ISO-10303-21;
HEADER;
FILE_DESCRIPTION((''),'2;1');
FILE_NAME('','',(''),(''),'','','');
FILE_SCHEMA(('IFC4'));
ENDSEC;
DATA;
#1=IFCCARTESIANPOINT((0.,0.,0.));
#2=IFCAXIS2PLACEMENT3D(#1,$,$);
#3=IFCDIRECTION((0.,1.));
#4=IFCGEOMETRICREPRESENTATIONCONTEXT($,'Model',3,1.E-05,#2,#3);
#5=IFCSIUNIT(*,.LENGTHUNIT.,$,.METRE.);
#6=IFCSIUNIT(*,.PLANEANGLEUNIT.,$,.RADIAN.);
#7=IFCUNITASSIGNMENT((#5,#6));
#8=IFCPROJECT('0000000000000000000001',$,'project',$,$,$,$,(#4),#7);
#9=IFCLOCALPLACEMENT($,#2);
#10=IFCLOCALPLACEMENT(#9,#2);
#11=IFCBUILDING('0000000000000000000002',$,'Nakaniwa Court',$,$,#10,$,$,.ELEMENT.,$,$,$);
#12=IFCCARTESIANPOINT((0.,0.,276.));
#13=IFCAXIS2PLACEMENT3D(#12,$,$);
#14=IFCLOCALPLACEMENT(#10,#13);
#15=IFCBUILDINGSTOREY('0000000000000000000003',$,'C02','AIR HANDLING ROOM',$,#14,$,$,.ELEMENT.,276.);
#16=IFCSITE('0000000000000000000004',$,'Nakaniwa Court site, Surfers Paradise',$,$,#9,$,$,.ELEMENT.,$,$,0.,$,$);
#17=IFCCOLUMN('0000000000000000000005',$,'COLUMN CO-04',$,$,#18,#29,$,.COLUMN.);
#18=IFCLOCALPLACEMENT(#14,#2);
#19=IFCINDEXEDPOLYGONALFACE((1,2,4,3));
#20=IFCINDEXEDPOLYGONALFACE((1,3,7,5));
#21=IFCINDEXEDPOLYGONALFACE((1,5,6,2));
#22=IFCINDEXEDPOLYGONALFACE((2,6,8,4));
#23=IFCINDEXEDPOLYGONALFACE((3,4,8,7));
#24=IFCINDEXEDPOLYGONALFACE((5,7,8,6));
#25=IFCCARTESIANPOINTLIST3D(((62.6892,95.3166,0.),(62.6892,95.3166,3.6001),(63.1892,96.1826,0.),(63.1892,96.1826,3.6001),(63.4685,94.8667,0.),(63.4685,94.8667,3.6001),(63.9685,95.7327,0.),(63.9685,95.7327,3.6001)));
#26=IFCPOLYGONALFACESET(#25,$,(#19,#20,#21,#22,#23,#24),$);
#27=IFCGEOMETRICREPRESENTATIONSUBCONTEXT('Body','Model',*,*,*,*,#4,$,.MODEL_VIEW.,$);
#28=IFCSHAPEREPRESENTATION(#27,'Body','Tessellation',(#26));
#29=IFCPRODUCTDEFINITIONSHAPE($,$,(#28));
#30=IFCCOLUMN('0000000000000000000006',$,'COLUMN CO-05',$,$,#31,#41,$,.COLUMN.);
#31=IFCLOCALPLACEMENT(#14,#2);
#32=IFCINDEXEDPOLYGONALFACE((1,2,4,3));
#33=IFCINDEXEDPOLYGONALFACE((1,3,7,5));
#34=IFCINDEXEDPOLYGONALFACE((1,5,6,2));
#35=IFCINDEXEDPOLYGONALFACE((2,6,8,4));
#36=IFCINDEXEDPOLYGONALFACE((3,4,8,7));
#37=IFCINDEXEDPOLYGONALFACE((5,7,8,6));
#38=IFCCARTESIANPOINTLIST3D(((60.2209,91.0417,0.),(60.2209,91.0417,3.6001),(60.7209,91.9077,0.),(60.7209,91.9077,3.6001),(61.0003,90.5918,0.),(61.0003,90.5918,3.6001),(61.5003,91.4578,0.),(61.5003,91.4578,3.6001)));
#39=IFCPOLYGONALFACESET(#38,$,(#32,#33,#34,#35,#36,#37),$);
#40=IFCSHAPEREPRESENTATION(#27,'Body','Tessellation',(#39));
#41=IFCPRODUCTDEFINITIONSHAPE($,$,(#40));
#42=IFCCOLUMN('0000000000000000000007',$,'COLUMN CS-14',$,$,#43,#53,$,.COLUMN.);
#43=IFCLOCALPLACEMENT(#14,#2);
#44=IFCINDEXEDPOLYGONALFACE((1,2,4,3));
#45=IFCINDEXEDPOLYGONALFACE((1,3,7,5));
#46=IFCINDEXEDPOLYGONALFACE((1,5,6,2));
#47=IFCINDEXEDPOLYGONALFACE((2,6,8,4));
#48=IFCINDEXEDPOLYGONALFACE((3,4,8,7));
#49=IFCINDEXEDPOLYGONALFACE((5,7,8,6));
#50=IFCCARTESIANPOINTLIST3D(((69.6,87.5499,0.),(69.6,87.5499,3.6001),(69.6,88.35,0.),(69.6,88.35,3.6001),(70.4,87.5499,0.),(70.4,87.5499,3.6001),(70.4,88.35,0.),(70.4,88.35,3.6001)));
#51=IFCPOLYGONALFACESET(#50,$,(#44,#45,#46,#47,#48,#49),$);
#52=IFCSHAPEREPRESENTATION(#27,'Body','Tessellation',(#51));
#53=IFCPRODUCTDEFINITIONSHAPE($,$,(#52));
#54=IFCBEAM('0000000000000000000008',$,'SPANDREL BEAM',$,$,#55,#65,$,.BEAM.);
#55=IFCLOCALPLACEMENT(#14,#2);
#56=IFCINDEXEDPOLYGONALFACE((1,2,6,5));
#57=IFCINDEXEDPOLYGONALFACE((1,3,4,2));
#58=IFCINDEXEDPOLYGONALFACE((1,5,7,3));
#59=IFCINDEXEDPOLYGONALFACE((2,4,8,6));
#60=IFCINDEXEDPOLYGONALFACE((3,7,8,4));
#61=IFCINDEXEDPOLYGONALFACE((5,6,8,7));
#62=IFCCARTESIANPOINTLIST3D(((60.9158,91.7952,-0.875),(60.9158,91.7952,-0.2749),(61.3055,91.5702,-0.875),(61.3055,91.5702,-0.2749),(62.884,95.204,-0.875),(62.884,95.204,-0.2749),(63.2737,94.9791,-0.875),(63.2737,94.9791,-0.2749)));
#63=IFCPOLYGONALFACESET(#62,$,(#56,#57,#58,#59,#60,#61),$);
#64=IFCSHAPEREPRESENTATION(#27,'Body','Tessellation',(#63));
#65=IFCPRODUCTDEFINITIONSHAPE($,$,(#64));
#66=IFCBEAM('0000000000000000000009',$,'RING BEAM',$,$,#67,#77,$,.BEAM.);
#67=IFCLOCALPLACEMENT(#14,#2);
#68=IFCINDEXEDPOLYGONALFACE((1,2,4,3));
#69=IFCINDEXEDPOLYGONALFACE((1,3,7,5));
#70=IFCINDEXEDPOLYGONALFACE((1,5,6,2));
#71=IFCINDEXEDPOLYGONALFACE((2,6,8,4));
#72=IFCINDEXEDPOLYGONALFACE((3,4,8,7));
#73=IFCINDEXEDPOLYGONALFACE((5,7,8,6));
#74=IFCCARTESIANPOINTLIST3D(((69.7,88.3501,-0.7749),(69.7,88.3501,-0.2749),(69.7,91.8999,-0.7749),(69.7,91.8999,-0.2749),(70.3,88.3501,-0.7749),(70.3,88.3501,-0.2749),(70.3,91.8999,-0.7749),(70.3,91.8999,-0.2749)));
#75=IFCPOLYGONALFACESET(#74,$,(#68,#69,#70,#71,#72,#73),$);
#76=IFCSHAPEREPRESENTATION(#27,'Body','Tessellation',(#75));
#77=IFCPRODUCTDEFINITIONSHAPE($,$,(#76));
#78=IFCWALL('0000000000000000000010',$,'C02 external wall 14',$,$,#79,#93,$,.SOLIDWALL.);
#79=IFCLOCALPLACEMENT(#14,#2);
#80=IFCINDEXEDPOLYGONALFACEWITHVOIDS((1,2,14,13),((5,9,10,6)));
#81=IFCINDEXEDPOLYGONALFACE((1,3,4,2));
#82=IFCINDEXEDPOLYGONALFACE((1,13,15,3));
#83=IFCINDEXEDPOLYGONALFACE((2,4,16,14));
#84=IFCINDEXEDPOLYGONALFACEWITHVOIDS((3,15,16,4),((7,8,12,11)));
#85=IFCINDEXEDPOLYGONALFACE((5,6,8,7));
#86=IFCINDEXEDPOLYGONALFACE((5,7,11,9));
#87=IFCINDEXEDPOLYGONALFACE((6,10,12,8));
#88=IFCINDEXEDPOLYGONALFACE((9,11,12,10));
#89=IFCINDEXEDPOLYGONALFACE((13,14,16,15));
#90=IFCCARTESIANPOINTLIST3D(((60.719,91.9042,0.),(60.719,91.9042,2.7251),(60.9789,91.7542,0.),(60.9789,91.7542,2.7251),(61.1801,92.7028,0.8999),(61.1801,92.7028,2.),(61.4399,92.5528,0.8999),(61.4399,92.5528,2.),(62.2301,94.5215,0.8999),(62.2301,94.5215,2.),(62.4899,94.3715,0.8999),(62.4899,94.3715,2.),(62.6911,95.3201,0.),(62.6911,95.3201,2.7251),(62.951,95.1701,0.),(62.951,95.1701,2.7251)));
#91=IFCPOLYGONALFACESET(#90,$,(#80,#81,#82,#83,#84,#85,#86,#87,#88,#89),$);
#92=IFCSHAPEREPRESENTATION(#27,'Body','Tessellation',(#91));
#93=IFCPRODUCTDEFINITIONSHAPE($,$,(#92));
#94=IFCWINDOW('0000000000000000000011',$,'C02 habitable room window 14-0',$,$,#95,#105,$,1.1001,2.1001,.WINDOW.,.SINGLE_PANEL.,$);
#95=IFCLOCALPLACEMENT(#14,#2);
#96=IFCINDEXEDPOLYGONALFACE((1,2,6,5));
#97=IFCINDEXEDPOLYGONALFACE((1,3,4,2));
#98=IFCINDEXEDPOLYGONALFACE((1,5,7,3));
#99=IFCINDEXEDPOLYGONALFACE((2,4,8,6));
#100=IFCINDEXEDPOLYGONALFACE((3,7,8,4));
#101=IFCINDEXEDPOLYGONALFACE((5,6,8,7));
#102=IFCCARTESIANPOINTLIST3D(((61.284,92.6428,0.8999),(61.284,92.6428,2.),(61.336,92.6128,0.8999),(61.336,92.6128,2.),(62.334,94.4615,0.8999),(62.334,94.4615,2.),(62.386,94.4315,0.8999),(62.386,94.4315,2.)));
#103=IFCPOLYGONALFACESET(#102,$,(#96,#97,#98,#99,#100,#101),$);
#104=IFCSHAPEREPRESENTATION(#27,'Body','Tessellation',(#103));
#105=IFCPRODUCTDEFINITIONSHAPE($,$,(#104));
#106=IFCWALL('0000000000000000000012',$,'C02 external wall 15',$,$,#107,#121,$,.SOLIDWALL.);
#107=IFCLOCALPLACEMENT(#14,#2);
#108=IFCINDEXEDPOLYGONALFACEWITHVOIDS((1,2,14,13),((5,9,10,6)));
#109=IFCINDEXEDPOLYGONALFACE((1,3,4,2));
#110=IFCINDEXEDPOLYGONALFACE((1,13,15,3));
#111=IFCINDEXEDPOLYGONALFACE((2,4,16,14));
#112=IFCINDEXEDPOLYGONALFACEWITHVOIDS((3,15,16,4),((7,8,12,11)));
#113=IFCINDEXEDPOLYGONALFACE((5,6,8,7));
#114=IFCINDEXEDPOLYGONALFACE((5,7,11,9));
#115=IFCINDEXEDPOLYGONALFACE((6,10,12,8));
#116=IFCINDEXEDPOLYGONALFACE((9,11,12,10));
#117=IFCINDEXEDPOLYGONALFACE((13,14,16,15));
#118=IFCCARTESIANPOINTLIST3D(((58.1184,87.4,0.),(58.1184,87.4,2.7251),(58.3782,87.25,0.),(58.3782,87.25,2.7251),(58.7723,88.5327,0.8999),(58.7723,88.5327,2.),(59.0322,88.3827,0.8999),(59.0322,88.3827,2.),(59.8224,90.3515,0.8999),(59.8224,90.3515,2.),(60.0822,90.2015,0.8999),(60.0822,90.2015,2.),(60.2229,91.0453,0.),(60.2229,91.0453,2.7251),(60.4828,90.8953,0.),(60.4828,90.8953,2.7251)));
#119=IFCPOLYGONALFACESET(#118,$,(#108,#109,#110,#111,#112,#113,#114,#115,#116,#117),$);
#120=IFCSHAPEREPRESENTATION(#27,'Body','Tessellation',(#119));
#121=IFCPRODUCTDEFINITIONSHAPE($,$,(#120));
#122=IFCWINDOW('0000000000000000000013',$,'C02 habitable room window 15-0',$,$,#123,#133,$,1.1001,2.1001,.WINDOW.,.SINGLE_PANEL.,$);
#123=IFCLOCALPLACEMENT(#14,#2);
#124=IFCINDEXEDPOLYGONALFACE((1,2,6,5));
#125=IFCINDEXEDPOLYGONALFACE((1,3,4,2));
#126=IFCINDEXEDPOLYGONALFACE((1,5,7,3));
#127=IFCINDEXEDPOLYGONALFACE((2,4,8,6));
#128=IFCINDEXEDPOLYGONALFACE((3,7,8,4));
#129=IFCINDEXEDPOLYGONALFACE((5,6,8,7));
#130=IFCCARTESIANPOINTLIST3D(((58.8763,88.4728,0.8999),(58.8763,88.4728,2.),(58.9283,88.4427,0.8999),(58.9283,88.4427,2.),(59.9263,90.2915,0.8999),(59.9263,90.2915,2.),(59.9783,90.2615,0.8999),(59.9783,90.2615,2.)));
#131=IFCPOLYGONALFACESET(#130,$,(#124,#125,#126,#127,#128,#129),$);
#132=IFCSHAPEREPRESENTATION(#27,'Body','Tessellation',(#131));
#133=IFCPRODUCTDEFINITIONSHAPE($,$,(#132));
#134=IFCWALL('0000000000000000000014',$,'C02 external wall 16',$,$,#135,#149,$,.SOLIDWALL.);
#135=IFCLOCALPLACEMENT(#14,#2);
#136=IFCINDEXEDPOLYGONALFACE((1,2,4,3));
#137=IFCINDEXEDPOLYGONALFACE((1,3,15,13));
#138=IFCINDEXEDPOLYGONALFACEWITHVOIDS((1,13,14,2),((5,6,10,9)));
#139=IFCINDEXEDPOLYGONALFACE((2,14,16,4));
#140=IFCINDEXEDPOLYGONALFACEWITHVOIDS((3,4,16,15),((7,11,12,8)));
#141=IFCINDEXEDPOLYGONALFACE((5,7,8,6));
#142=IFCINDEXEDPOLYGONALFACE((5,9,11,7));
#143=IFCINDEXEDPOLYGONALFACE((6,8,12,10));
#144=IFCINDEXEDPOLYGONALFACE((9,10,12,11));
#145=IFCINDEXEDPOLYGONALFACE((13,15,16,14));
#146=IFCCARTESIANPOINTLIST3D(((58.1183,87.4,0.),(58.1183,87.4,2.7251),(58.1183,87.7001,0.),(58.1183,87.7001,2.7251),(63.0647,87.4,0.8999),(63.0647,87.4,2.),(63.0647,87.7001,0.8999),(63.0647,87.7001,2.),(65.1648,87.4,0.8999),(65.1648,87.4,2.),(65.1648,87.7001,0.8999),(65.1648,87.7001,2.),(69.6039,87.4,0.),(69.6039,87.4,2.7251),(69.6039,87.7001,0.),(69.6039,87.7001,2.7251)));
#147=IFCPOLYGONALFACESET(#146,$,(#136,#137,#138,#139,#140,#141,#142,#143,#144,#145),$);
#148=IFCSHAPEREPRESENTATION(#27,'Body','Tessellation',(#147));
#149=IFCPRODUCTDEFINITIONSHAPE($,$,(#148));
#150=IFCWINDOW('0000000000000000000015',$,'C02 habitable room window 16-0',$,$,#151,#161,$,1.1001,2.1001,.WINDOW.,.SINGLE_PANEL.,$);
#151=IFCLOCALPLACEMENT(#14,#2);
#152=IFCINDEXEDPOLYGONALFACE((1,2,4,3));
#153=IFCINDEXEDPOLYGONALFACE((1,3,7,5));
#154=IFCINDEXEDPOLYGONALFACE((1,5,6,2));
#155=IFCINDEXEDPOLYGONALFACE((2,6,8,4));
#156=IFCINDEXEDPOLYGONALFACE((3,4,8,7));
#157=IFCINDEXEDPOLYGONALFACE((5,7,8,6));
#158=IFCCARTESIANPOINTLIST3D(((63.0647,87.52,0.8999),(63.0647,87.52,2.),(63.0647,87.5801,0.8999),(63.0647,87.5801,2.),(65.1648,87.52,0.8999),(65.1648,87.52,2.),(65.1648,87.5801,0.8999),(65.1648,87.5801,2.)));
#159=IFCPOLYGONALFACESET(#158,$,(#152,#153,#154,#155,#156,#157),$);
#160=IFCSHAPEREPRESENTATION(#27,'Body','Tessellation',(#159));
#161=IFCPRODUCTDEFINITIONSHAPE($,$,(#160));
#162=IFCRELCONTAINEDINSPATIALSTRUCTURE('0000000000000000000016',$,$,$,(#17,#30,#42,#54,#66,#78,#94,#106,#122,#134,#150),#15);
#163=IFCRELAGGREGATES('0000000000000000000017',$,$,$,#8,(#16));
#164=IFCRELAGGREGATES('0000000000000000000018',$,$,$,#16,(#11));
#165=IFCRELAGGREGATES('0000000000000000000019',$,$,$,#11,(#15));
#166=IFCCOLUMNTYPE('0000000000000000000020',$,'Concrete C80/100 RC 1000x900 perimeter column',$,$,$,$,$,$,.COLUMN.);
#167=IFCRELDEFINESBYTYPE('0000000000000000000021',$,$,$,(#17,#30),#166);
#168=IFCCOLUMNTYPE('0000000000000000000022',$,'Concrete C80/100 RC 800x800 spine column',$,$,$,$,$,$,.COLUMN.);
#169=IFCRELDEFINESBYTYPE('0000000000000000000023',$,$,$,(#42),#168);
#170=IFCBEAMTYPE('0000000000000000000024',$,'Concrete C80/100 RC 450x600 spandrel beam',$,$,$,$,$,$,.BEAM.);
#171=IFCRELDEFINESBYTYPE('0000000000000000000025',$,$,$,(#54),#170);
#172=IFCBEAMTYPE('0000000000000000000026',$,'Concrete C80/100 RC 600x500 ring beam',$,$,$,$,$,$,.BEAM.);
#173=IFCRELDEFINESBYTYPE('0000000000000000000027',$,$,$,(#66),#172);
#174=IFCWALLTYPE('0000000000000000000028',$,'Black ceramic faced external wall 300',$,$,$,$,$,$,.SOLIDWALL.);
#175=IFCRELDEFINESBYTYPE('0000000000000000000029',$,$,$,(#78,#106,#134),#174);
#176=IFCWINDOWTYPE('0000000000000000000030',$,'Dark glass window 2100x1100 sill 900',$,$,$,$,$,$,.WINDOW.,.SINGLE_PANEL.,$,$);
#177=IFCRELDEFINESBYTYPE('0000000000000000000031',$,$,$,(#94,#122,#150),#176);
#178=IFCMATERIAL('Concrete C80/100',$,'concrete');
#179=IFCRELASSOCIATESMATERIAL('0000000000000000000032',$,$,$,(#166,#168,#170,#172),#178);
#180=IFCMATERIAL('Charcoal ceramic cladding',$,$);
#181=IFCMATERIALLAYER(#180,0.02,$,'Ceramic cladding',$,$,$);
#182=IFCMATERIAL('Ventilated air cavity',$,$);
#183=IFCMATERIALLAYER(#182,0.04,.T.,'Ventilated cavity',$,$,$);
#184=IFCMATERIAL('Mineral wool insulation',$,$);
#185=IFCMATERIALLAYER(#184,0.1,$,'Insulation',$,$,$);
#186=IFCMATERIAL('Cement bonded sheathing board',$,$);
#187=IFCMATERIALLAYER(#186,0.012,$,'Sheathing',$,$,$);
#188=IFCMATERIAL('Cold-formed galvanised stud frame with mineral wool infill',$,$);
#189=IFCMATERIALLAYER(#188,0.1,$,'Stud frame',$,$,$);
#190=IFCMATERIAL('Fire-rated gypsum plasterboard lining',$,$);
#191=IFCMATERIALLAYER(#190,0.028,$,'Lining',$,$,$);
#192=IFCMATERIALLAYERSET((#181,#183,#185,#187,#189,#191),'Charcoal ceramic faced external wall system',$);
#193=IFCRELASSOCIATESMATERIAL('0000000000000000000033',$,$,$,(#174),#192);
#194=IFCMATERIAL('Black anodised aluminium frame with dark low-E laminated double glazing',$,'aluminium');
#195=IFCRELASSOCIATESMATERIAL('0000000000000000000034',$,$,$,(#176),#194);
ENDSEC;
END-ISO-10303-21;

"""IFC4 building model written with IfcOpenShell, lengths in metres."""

from ifc_helpers import new_model, si_unit, direction, frame, frame_2d, origin, origin_2d, place, context, subcontext, project, spatial, rectangle, extrude, material, layer, layer_set, material_profile, profile_set, type_object, element, fill, save


model = new_model("IFC4")

# Units and contexts
model_context = context("Model", 3, precision=1e-05, world=origin(), true_north=direction((0.0, 1.0)))
body_context = subcontext(model_context, "Body", "Model", "MODEL_VIEW")
ifc_project = project(units=[si_unit("LENGTHUNIT", "METRE"), si_unit("PLANEANGLEUNIT", "RADIAN")], contexts=[model_context])

# Site, building, storey
site_placement = place(None, origin())
site = spatial("IfcSite", under=ifc_project, at=site_placement, Name="Nakaniwa Court site, Surfers Paradise", CompositionType="ELEMENT", RefElevation=0.0)
building_placement = place(site_placement, origin())
building = spatial("IfcBuilding", under=site, at=building_placement, Name="Nakaniwa Court", CompositionType="ELEMENT")
storey_placement = place(building_placement, frame((0.0, 0.0, 276.0)))
storey = spatial("IfcBuildingStorey", under=building, at=storey_placement, Name="C02", Description="AIR HANDLING ROOM", CompositionType="ELEMENT", Elevation=276.0)

# Columns
ifc_material_1 = material(Name="Concrete C80/100", Category="concrete")
ifc_material_profile_1 = material_profile(ifc_material_1, rectangle(XDim=1.0, YDim=0.8999, at=origin_2d()), Name="Concrete C80/100 RC 1000x900 perimeter column")
ifc_profile_set_1 = profile_set([ifc_material_profile_1], Name="Concrete C80/100")
column_type_1 = type_object("IfcColumnType", Name="Concrete C80/100 RC 1000x900 perimeter column", PredefinedType="COLUMN", material=ifc_profile_set_1)
for number, where, z_axis, x_axis, name in (
    (1, (63.3289, 95.5247, 0.0), (0.0, 0.0, 1.0), (-0.5, -0.866025, 0.0), "COLUMN CO-04"),
    (2, (60.8606, 91.2498, 0.0), (0.0, 0.0, 1.0), (-0.5, -0.866025, 0.0), "COLUMN CO-05"),
):
    element("IfcColumn", number, at=place(storey_placement, frame(where, z_axis=z_axis, x_axis=x_axis)), inside=storey, type_object=column_type_1, Name=name, PredefinedType="COLUMN", context=body_context, shape_type="SweptSolid", body=[
        extrude(rectangle(XDim=1.0, YDim=0.8999, at=origin_2d()), origin(), (0.0, 0.0, 1.0), 3.6001),
    ])
ifc_material_profile_2 = material_profile(ifc_material_1, rectangle(XDim=0.8, YDim=0.8, at=origin_2d()), Name="Concrete C80/100 RC 800x800 spine column")
ifc_profile_set_2 = profile_set([ifc_material_profile_2], Name="Concrete C80/100")
column_type_2 = type_object("IfcColumnType", Name="Concrete C80/100 RC 800x800 spine column", PredefinedType="COLUMN", material=ifc_profile_set_2)
column_placement = place(storey_placement, frame((70.0, 87.95, 0.0), z_axis=(0.0, 0.0, 1.0), x_axis=(0.0, -1.0, 0.0)))
element("IfcColumn", 3, at=column_placement, inside=storey, type_object=column_type_2, Name="COLUMN CS-14", PredefinedType="COLUMN", context=body_context, shape_type="SweptSolid", body=[
    extrude(rectangle(XDim=0.8, YDim=0.8, at=origin_2d()), origin(), (0.0, 0.0, 1.0), 3.6001),
])

# Beams
ifc_material_profile_3 = material_profile(ifc_material_1, rectangle(XDim=0.45, YDim=0.6001, at=origin_2d()), Name="Concrete C80/100 RC 450x600 spandrel beam")
ifc_profile_set_3 = profile_set([ifc_material_profile_3], Name="Concrete C80/100")
beam_type_1 = type_object("IfcBeamType", Name="Concrete C80/100 RC 450x600 spandrel beam", PredefinedType="BEAM", material=ifc_profile_set_3)
beam_1_placement = place(storey_placement, frame((63.0789, 95.0916, -0.575), z_axis=(-0.500021, -0.866013, 0.0), x_axis=(0.866013, -0.500021, 0.0)))
element("IfcBeam", 4, at=beam_1_placement, inside=storey, type_object=beam_type_1, Name="SPANDREL BEAM", PredefinedType="BEAM", context=body_context, shape_type="SweptSolid", body=[
    extrude(rectangle(XDim=0.45, YDim=0.6001, at=origin_2d()), origin(), (0.0, 0.0, 1.0), 3.9363),
])
ifc_material_profile_4 = material_profile(ifc_material_1, rectangle(XDim=0.6001, YDim=0.5, at=origin_2d()), Name="Concrete C80/100 RC 600x500 ring beam")
ifc_profile_set_4 = profile_set([ifc_material_profile_4], Name="Concrete C80/100")
beam_type_2 = type_object("IfcBeamType", Name="Concrete C80/100 RC 600x500 ring beam", PredefinedType="BEAM", material=ifc_profile_set_4)
beam_2_placement = place(storey_placement, frame((70.0, 91.8999, -0.5249), z_axis=(0.0, -1.0, 0.0), x_axis=(1.0, 0.0, 0.0)))
element("IfcBeam", 5, at=beam_2_placement, inside=storey, type_object=beam_type_2, Name="RING BEAM", PredefinedType="BEAM", context=body_context, shape_type="SweptSolid", body=[
    extrude(rectangle(XDim=0.6001, YDim=0.5, at=origin_2d()), origin(), (0.0, 0.0, 1.0), 3.5498),
])

# Walls, openings, windows
ifc_material_2 = material(Name="Charcoal ceramic cladding")
ifc_layer_1 = layer(ifc_material_2, 0.02, Name="Ceramic cladding")
ifc_material_3 = material(Name="Ventilated air cavity")
ifc_layer_2 = layer(ifc_material_3, 0.04, ventilated=True, Name="Ventilated cavity")
ifc_material_4 = material(Name="Mineral wool insulation")
ifc_layer_3 = layer(ifc_material_4, 0.1, Name="Insulation")
ifc_material_5 = material(Name="Cement bonded sheathing board")
ifc_layer_4 = layer(ifc_material_5, 0.012, Name="Sheathing")
ifc_material_6 = material(Name="Cold-formed galvanised stud frame with mineral wool infill")
ifc_layer_5 = layer(ifc_material_6, 0.1, Name="Stud frame")
ifc_material_7 = material(Name="Fire-rated gypsum plasterboard lining")
ifc_layer_6 = layer(ifc_material_7, 0.028, Name="Lining")
ifc_layer_set_1 = layer_set([ifc_layer_1, ifc_layer_2, ifc_layer_3, ifc_layer_4, ifc_layer_5, ifc_layer_6], Name="Charcoal ceramic faced external wall system")
wall_type_1 = type_object("IfcWallType", Name="Black ceramic faced external wall 300", PredefinedType="SOLIDWALL", material=ifc_layer_set_1)
wall_1_placement = place(storey_placement, frame((62.821, 95.2451, 0.0), z_axis=(0.0, 0.0, 1.0), x_axis=(-0.499987, -0.866033, 0.0)))
wall_1 = element("IfcWall", 6, at=wall_1_placement, inside=storey, type_object=wall_type_1, Name="C02 external wall 14", PredefinedType="SOLIDWALL", context=body_context, shape_type="SweptSolid", body=[
    extrude(rectangle(XDim=3.9443, YDim=0.3, at=frame_2d((1.9722, 0.0))), origin(), (0.0, 0.0, 1.0), 2.7251),
])
opening_1_placement = place(wall_1_placement, frame((0.9221, 0.0, 0.8999)))
opening_1 = element("IfcOpeningElement", 7, at=opening_1_placement, cuts=wall_1, PredefinedType="OPENING", context=body_context, shape_type="SweptSolid", body=[
    extrude(rectangle(XDim=2.1001, YDim=1.1001, at=frame_2d((1.05, 0.55))), frame((0.0, 0.1599, 0.0), z_axis=(0.0, -1.0, 0.0), x_axis=(1.0, 0.0, 0.0)), (0.0, 0.0, 1.0), 0.3201),
])
ifc_material_8 = material(Name="Black anodised aluminium frame with dark low-E laminated double glazing", Category="aluminium")
window_type = type_object("IfcWindowType", Name="Dark glass window 2100x1100 sill 900", PartitioningType="SINGLE_PANEL", PredefinedType="WINDOW", material=ifc_material_8)
window_1_placement = place(opening_1_placement, origin())
window_1 = element("IfcWindow", 8, at=window_1_placement, inside=storey, type_object=window_type, Name="C02 habitable room window 14-0", OverallHeight=1.1001, OverallWidth=2.1001, PartitioningType="SINGLE_PANEL", PredefinedType="WINDOW", context=body_context, shape_type="SweptSolid", body=[
    extrude(rectangle(XDim=2.1001, YDim=1.1001, at=frame_2d((1.05, 0.55))), frame((0.0, 0.03, 0.0), z_axis=(0.0, -1.0, 0.0), x_axis=(1.0, 0.0, 0.0)), (0.0, 0.0, 1.0), 0.0601),
])
fill(opening_1, window_1)
wall_2_placement = place(storey_placement, frame((60.3528, 90.9702, 0.0), z_axis=(0.0, 0.0, 1.0), x_axis=(-0.499982, -0.866036, 0.0)))
wall_2 = element("IfcWall", 9, at=wall_2_placement, inside=storey, type_object=wall_type_1, Name="C02 external wall 15", PredefinedType="SOLIDWALL", context=body_context, shape_type="SweptSolid", body=[
    extrude(rectangle(XDim=4.2092, YDim=0.3, at=frame_2d((2.1045, 0.0))), origin(), (0.0, 0.0, 1.0), 2.7251),
])
opening_2_placement = place(wall_2_placement, frame((0.801, 0.0, 0.8999)))
opening_2 = element("IfcOpeningElement", 10, at=opening_2_placement, cuts=wall_2, PredefinedType="OPENING", context=body_context, shape_type="SweptSolid", body=[
    extrude(rectangle(XDim=2.1001, YDim=1.1001, at=frame_2d((1.05, 0.55))), frame((0.0, 0.1599, 0.0), z_axis=(0.0, -1.0, 0.0), x_axis=(1.0, 0.0, 0.0)), (0.0, 0.0, 1.0), 0.3201),
])
window_2_placement = place(opening_2_placement, origin())
window_2 = element("IfcWindow", 11, at=window_2_placement, inside=storey, type_object=window_type, Name="C02 habitable room window 15-0", OverallHeight=1.1001, OverallWidth=2.1001, PartitioningType="SINGLE_PANEL", PredefinedType="WINDOW", context=body_context, shape_type="SweptSolid", body=[
    extrude(rectangle(XDim=2.1001, YDim=1.1001, at=frame_2d((1.05, 0.55))), frame((0.0, 0.03, 0.0), z_axis=(0.0, -1.0, 0.0), x_axis=(1.0, 0.0, 0.0)), (0.0, 0.0, 1.0), 0.0601),
])
fill(opening_2, window_2)
wall_3_placement = place(storey_placement, frame((58.1184, 87.55, 0.0), z_axis=(0.0, 0.0, 1.0), x_axis=(1.0, 0.0, 0.0)))
wall_3 = element("IfcWall", 12, at=wall_3_placement, inside=storey, type_object=wall_type_1, Name="C02 external wall 16", PredefinedType="SOLIDWALL", context=body_context, shape_type="SweptSolid", body=[
    extrude(rectangle(XDim=11.4856, YDim=0.3, at=frame_2d((5.7427, 0.0))), origin(), (0.0, 0.0, 1.0), 2.7251),
])
opening_3_placement = place(wall_3_placement, frame((4.9463, 0.0, 0.8999)))
opening_3 = element("IfcOpeningElement", 13, at=opening_3_placement, cuts=wall_3, PredefinedType="OPENING", context=body_context, shape_type="SweptSolid", body=[
    extrude(rectangle(XDim=2.1001, YDim=1.1001, at=frame_2d((1.05, 0.55))), frame((0.0, 0.1599, 0.0), z_axis=(0.0, -1.0, 0.0), x_axis=(1.0, 0.0, 0.0)), (0.0, 0.0, 1.0), 0.3201),
])
window_3_placement = place(opening_3_placement, origin())
window_3 = element("IfcWindow", 14, at=window_3_placement, inside=storey, type_object=window_type, Name="C02 habitable room window 16-0", OverallHeight=1.1001, OverallWidth=2.1001, PartitioningType="SINGLE_PANEL", PredefinedType="WINDOW", context=body_context, shape_type="SweptSolid", body=[
    extrude(rectangle(XDim=2.1001, YDim=1.1001, at=frame_2d((1.05, 0.55))), frame((0.0, 0.03, 0.0), z_axis=(0.0, -1.0, 0.0), x_axis=(1.0, 0.0, 0.0)), (0.0, 0.0, 1.0), 0.0601),
])
fill(opening_3, window_3)

save(model, "model.ifc")
